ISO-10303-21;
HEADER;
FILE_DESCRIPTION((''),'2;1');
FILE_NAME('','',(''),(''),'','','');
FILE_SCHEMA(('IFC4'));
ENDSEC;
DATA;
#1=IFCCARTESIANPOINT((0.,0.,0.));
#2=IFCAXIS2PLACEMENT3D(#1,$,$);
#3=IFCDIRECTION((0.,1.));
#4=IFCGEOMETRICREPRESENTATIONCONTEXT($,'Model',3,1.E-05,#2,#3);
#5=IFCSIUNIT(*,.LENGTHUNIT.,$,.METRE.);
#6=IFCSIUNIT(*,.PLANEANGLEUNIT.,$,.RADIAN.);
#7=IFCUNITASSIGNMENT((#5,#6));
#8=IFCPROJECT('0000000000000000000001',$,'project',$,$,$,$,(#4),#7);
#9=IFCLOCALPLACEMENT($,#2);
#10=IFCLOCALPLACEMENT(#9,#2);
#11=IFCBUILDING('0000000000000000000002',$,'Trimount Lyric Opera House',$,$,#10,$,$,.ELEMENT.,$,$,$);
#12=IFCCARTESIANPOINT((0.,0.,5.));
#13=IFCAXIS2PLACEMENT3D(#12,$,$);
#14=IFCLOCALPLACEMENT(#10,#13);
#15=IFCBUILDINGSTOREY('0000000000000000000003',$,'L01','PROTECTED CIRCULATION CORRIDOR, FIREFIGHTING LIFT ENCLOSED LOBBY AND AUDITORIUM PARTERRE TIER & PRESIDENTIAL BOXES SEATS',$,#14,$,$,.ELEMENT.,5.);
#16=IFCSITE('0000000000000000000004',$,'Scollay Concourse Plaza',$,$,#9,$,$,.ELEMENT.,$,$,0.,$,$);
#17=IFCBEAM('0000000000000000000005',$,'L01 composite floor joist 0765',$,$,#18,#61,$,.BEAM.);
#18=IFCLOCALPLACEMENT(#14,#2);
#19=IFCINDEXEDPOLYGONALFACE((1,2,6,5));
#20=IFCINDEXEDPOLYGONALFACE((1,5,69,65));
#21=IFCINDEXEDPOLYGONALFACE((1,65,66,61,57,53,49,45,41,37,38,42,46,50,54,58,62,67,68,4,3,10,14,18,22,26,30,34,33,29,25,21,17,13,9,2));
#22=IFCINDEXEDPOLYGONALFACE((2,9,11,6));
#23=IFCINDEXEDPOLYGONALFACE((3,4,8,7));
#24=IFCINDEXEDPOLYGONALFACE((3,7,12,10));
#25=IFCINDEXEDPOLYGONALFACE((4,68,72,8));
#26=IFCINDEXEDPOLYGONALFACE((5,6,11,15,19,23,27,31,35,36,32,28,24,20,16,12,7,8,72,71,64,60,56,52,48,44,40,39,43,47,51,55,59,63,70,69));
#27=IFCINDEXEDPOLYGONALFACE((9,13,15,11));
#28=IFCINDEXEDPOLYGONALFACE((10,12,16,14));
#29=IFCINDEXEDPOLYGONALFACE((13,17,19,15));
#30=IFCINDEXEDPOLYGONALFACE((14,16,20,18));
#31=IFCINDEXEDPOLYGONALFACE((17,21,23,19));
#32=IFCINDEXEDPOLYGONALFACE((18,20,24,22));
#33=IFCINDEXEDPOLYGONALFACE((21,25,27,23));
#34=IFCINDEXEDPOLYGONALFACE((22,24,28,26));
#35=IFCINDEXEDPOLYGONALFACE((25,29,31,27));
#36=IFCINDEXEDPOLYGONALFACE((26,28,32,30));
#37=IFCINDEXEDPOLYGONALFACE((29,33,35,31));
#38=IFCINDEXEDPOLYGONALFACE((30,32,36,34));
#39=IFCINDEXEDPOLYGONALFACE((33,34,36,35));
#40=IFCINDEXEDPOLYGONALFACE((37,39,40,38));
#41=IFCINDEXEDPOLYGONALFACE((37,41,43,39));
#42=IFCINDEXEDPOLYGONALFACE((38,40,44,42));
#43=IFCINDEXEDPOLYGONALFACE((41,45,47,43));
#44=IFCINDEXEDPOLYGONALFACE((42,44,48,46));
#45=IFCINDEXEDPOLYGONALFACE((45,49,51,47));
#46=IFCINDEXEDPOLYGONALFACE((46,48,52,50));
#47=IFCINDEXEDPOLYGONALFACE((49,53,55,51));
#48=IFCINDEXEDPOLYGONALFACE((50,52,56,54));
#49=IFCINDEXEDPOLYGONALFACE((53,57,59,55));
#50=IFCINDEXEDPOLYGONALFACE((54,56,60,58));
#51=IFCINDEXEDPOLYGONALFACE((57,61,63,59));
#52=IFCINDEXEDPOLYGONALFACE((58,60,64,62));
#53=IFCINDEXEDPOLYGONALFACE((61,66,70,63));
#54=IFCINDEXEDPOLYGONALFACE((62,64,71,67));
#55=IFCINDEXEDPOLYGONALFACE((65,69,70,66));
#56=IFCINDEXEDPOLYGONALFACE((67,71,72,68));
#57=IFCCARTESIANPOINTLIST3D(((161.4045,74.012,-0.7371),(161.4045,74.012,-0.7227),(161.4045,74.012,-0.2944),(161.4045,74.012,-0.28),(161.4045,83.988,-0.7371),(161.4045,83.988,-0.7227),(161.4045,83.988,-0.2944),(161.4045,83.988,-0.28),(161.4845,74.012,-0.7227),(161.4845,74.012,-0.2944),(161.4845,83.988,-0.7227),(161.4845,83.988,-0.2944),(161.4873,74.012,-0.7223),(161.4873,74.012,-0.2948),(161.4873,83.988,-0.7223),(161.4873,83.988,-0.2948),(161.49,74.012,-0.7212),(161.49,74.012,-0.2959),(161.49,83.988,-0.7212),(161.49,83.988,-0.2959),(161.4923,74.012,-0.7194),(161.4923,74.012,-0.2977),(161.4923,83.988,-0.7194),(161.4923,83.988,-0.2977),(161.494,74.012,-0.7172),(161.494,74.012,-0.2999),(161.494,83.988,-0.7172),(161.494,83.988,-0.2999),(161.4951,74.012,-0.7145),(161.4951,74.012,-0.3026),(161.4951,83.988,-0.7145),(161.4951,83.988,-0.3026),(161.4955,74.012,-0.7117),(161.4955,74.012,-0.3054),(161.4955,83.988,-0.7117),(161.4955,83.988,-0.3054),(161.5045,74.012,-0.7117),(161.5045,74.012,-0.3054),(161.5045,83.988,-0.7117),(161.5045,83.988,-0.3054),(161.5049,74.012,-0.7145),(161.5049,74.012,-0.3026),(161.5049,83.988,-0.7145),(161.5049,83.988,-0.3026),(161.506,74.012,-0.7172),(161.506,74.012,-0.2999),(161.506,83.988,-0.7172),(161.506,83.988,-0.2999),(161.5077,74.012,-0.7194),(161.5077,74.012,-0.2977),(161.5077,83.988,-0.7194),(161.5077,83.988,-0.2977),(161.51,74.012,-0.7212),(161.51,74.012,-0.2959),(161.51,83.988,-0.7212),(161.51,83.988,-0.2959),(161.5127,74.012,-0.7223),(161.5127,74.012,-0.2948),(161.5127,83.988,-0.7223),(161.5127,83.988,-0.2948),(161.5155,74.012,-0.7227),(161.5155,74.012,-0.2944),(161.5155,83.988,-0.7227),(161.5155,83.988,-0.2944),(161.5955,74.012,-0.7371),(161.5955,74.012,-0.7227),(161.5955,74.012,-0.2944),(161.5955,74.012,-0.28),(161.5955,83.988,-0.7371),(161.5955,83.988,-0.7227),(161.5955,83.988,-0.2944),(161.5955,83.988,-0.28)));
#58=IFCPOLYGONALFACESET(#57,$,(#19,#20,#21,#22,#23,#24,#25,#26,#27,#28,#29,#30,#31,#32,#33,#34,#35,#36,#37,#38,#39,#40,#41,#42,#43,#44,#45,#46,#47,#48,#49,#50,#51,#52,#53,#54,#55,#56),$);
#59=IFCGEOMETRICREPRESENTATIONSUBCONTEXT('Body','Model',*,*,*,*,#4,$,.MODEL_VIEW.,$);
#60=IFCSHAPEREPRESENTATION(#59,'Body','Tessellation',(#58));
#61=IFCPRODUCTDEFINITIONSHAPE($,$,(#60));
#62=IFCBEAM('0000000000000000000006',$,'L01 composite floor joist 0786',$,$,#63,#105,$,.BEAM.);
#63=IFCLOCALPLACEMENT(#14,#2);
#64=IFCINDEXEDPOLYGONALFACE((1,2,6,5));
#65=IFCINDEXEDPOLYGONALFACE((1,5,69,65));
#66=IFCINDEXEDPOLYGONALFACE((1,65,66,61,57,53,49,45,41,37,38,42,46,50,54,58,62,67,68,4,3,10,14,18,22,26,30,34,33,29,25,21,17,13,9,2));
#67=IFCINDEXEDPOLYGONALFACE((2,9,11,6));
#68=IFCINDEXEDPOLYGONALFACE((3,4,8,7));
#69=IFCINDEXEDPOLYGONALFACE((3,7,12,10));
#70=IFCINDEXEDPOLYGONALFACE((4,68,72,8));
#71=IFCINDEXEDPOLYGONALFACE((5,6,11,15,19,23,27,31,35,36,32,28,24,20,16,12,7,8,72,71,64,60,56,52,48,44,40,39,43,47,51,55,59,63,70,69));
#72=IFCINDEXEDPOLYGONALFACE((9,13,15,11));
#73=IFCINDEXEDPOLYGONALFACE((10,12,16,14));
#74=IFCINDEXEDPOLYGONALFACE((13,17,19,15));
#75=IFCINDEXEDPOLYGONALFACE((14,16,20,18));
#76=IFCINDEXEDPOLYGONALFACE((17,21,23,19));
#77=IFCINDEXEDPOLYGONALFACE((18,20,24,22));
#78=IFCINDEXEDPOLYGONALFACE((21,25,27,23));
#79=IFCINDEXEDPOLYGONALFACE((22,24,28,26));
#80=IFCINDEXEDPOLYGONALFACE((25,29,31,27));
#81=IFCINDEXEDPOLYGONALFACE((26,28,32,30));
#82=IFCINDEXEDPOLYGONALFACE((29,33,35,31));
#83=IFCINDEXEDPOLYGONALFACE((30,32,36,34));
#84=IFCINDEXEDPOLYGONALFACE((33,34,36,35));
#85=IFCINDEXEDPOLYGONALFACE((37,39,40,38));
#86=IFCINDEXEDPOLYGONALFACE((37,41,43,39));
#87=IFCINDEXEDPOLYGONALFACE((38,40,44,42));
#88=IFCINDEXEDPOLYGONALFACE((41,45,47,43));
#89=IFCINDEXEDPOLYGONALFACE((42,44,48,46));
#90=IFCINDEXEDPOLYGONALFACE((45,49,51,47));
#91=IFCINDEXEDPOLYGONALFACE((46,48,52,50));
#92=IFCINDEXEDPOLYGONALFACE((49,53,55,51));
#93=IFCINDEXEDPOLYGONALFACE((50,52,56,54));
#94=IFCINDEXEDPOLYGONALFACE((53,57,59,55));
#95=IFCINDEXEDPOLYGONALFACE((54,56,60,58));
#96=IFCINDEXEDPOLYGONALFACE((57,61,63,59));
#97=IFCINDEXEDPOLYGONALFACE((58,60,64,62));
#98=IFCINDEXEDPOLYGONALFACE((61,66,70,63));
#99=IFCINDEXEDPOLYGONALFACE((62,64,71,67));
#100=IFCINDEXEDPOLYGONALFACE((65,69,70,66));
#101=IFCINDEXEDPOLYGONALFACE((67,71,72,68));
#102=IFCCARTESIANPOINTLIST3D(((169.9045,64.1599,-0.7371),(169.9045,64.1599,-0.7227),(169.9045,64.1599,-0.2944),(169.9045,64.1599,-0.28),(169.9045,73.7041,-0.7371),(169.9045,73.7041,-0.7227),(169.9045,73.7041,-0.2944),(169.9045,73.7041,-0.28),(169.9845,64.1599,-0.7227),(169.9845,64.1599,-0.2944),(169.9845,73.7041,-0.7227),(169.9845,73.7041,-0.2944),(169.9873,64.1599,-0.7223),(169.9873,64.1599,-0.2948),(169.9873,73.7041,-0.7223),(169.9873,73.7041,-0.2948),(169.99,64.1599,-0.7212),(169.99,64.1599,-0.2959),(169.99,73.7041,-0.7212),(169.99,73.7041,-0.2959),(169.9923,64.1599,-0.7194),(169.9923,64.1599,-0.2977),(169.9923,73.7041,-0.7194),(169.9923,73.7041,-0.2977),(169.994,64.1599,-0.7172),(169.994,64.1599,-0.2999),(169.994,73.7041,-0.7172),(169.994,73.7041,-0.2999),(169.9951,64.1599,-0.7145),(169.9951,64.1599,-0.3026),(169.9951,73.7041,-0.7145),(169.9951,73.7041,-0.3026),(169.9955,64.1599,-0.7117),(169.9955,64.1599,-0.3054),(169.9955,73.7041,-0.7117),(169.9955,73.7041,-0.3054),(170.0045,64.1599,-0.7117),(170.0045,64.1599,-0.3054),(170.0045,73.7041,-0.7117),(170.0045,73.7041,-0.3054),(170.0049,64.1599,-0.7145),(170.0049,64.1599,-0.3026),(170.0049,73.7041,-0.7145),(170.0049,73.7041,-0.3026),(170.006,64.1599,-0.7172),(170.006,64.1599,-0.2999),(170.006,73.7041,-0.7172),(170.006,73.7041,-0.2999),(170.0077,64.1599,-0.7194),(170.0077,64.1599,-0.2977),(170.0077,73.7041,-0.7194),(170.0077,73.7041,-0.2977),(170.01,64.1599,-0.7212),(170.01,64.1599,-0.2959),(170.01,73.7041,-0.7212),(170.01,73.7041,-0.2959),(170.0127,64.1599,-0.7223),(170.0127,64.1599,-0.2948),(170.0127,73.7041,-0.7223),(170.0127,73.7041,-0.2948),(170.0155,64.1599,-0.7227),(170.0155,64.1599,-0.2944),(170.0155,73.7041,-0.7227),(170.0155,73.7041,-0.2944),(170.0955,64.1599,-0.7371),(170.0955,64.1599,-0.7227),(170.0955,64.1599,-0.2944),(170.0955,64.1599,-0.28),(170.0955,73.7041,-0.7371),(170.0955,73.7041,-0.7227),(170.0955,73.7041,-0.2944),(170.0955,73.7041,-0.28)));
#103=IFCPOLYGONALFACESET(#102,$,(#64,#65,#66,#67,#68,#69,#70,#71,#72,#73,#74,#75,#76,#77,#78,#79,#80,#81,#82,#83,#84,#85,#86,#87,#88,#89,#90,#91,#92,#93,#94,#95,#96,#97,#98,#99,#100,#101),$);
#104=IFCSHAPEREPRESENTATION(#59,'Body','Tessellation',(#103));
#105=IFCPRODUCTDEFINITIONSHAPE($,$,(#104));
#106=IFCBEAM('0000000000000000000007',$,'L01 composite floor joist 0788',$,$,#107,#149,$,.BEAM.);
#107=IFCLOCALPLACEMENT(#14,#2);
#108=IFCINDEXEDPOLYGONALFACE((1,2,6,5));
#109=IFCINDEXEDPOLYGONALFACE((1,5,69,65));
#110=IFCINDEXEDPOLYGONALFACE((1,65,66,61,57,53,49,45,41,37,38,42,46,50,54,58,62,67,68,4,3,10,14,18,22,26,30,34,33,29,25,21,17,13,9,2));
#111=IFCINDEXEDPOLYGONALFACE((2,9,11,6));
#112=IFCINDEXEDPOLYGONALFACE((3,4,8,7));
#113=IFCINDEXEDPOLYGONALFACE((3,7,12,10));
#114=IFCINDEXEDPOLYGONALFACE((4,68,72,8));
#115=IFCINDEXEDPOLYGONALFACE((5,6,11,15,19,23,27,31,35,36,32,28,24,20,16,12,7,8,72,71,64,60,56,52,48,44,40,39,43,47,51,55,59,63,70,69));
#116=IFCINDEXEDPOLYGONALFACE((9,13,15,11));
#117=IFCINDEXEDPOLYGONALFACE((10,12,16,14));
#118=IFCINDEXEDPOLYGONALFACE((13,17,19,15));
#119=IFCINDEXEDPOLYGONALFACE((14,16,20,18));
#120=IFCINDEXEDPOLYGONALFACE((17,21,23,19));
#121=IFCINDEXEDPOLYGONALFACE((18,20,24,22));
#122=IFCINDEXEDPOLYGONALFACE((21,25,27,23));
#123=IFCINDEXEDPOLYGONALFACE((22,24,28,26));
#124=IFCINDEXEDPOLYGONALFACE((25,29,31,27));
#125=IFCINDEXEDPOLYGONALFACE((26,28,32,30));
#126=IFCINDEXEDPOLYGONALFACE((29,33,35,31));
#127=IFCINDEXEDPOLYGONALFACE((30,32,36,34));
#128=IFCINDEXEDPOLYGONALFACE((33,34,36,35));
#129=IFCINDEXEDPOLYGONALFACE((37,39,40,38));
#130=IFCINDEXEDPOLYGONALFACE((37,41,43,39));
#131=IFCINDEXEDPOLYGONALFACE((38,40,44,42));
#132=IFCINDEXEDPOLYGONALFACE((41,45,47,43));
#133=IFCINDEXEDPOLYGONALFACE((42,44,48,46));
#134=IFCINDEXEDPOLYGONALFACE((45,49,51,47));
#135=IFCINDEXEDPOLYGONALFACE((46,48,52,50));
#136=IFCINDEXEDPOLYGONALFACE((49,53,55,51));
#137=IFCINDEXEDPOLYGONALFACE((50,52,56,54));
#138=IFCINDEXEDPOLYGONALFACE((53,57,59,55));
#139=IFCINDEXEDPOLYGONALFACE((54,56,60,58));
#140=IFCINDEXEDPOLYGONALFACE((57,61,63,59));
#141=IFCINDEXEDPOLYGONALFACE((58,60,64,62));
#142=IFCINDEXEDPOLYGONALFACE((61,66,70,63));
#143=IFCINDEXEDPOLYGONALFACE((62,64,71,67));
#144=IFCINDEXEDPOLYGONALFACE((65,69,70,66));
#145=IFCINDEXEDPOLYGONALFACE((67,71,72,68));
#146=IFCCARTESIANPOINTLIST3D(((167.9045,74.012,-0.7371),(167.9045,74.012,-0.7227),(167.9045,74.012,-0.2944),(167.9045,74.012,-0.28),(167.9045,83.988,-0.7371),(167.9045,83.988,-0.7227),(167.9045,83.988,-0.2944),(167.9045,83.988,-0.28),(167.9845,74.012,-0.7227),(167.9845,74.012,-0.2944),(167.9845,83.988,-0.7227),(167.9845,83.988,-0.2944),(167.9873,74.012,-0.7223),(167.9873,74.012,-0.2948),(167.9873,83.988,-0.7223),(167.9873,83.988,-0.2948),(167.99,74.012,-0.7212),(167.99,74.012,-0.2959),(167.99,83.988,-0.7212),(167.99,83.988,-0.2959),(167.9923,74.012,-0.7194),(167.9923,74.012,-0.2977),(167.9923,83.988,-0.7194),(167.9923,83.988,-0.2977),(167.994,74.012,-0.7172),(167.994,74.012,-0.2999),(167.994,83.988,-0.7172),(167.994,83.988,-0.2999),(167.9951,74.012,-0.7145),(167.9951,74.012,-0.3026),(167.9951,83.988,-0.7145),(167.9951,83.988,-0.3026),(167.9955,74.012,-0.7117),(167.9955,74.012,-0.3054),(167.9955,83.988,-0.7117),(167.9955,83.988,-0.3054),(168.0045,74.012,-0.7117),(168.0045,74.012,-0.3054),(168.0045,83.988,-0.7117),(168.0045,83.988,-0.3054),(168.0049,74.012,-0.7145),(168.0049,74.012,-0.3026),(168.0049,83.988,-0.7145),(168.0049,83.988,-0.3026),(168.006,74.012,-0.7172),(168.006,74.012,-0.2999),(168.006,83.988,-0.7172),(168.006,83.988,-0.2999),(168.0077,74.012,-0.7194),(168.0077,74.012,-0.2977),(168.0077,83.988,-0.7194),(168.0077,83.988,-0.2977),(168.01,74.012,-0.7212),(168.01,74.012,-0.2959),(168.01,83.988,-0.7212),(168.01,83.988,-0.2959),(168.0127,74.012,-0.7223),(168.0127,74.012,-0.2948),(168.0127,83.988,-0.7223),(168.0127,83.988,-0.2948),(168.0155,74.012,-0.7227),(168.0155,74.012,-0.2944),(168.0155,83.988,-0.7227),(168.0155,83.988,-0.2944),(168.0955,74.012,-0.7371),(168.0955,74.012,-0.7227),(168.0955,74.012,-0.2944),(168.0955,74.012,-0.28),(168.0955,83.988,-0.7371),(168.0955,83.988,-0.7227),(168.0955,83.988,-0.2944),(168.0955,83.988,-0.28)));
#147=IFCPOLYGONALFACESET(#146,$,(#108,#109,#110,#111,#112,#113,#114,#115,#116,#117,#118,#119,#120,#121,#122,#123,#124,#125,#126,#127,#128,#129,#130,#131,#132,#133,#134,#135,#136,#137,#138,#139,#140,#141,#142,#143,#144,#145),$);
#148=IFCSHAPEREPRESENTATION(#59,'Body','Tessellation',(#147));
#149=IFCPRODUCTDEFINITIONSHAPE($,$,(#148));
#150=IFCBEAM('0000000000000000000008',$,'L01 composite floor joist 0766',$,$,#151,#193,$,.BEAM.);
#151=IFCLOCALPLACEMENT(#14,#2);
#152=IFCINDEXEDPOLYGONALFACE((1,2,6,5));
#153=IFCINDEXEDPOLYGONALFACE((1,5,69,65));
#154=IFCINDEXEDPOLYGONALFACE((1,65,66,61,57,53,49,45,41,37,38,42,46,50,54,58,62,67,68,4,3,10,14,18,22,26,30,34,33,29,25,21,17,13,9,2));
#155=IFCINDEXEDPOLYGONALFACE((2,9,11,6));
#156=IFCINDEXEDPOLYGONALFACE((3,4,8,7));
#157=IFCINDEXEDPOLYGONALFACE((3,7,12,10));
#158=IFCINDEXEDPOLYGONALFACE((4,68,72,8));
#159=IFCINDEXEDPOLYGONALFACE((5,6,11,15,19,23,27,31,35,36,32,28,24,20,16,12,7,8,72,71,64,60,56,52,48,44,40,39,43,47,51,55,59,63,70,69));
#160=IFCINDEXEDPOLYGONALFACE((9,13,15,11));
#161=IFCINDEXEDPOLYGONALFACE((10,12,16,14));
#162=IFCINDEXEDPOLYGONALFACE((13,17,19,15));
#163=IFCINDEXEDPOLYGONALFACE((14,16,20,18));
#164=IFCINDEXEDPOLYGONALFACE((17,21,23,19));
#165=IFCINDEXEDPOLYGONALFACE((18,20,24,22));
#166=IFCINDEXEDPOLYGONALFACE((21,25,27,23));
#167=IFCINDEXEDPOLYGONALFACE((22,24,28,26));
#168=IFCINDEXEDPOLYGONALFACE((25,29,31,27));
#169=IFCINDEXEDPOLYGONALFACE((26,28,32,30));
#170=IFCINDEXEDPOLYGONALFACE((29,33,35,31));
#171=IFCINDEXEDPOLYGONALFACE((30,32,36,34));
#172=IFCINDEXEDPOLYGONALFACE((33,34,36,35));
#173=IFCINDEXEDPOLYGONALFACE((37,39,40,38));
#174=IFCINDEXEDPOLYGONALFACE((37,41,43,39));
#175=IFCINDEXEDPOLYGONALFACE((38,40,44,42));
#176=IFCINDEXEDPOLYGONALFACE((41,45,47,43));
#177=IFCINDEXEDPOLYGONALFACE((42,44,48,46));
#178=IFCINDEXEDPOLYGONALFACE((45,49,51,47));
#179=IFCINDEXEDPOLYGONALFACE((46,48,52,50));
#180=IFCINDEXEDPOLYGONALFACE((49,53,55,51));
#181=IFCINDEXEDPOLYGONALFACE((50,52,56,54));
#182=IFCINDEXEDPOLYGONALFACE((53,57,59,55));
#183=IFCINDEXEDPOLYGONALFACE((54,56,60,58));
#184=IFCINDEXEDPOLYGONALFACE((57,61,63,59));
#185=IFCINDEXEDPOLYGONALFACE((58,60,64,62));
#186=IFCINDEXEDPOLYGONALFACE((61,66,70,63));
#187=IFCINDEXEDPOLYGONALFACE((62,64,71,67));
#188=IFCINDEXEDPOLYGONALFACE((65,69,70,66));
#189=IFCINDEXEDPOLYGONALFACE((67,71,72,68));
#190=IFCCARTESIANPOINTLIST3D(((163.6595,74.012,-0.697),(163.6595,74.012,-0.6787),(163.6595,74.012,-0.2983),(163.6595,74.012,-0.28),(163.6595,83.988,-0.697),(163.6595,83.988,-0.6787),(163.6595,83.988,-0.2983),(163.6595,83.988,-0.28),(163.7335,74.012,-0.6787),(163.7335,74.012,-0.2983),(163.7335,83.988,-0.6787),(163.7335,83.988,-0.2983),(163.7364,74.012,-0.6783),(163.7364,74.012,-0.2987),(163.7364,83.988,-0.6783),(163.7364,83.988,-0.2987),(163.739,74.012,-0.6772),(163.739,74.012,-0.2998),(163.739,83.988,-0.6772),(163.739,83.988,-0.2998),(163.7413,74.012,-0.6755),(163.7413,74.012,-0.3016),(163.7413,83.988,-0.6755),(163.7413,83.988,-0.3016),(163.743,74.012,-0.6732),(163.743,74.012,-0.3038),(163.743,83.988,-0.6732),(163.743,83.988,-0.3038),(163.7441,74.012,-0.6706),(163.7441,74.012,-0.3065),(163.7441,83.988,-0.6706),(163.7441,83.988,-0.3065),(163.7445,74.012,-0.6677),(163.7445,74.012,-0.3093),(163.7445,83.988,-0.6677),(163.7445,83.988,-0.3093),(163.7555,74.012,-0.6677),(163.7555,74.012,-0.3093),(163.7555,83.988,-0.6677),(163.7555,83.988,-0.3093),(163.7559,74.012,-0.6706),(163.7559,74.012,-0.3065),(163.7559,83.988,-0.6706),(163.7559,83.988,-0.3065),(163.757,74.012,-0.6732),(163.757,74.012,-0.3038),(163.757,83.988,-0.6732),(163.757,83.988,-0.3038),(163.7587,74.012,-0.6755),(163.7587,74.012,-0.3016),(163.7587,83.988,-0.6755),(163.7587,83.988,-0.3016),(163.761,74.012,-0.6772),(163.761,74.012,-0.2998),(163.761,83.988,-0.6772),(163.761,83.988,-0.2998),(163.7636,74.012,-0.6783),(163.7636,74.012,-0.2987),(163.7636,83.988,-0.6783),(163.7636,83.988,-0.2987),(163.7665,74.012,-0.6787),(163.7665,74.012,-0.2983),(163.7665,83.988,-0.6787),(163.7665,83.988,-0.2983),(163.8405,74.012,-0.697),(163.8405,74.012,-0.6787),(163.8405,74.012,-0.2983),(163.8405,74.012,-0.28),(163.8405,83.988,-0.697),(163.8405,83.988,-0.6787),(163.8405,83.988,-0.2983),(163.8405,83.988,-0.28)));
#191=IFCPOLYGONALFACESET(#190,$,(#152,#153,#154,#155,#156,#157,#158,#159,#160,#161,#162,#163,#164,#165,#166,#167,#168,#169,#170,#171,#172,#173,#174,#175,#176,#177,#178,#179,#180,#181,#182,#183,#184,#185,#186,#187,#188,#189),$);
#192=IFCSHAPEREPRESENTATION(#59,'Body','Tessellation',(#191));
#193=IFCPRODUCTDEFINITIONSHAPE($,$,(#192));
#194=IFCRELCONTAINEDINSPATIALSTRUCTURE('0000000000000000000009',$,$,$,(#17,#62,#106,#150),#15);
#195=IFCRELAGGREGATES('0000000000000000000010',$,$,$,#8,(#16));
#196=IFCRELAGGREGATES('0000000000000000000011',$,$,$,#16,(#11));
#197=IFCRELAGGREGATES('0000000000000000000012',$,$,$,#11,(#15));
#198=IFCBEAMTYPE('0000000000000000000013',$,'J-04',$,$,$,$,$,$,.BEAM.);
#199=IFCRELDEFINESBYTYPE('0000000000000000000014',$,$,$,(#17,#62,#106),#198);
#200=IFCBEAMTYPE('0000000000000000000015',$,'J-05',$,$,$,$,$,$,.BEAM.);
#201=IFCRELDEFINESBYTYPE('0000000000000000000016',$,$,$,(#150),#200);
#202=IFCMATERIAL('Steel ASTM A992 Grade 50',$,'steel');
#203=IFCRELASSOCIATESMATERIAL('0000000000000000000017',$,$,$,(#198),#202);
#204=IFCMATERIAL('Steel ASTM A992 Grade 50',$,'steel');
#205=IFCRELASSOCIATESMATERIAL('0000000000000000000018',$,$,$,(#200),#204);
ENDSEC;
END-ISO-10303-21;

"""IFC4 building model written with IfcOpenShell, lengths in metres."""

from ifc_helpers import new_model, si_unit, direction, frame, origin, origin_2d, place, context, subcontext, project, spatial, i_section, extrude, material, material_profile, profile_set, type_object, element, save


model = new_model("IFC4")

# Units and contexts
model_context = context("Model", 3, precision=1e-05, world=origin(), true_north=direction((0.0, 1.0)))
body_context = subcontext(model_context, "Body", "Model", "MODEL_VIEW")
ifc_project = project(units=[si_unit("LENGTHUNIT", "METRE"), si_unit("PLANEANGLEUNIT", "RADIAN")], contexts=[model_context])

# Site, building, storey
site_placement = place(None, origin())
site = spatial("IfcSite", under=ifc_project, at=site_placement, Name="Scollay Concourse Plaza", CompositionType="ELEMENT", RefElevation=0.0)
building_placement = place(site_placement, origin())
building = spatial("IfcBuilding", under=site, at=building_placement, Name="Trimount Lyric Opera House", CompositionType="ELEMENT")
storey_placement = place(building_placement, frame((0.0, 0.0, 5.0)))
storey = spatial("IfcBuildingStorey", under=building, at=storey_placement, Name="L01", Description="PROTECTED CIRCULATION CORRIDOR, FIREFIGHTING LIFT ENCLOSED LOBBY AND AUDITORIUM PARTERRE TIER & PRESIDENTIAL BOXES SEATS", CompositionType="ELEMENT", Elevation=5.0)

# Beams
ifc_material_1 = material(Name="Steel ASTM A992 Grade 50", Category="steel")
ifc_material_profile_1 = material_profile(ifc_material_1, i_section(OverallWidth=0.1909, OverallDepth=0.457, WebThickness=0.009, FlangeThickness=0.0144, FilletRadius=0.011, at=origin_2d()), Name="W18X50")
ifc_profile_set_1 = profile_set([ifc_material_profile_1], Name="Steel ASTM A992 Grade 50")
beam_type_1 = type_object("IfcBeamType", Name="J-04", PredefinedType="BEAM", material=ifc_profile_set_1)
beam_1_placement = place(storey_placement, frame((161.5, 74.012, -0.5085), z_axis=(0.0, 1.0, 0.0), x_axis=(-1.0, 0.0, 0.0)))
element("IfcBeam", 1, at=beam_1_placement, inside=storey, type_object=beam_type_1, Name="L01 composite floor joist 0765", PredefinedType="BEAM", context=body_context, shape_type="SweptSolid", body=[
    extrude(i_section(OverallWidth=0.1909, OverallDepth=0.457, WebThickness=0.009, FlangeThickness=0.0144, FilletRadius=0.011, at=origin_2d()), origin(), (0.0, 0.0, 1.0), 9.9761),
])
beam_2_placement = place(storey_placement, frame((170.0, 64.1599, -0.5085), z_axis=(0.0, 1.0, 0.0), x_axis=(-1.0, 0.0, 0.0)))
element("IfcBeam", 2, at=beam_2_placement, inside=storey, type_object=beam_type_1, Name="L01 composite floor joist 0786", PredefinedType="BEAM", context=body_context, shape_type="SweptSolid", body=[
    extrude(i_section(OverallWidth=0.1909, OverallDepth=0.457, WebThickness=0.009, FlangeThickness=0.0144, FilletRadius=0.011, at=origin_2d()), origin(), (0.0, 0.0, 1.0), 9.5442),
])
beam_3_placement = place(storey_placement, frame((168.0, 74.012, -0.5085), z_axis=(0.0, 1.0, 0.0), x_axis=(-1.0, 0.0, 0.0)))
element("IfcBeam", 3, at=beam_3_placement, inside=storey, type_object=beam_type_1, Name="L01 composite floor joist 0788", PredefinedType="BEAM", context=body_context, shape_type="SweptSolid", body=[
    extrude(i_section(OverallWidth=0.1909, OverallDepth=0.457, WebThickness=0.009, FlangeThickness=0.0144, FilletRadius=0.011, at=origin_2d()), origin(), (0.0, 0.0, 1.0), 9.9761),
])
ifc_material_2 = material(Name="Steel ASTM A992 Grade 50", Category="steel")
ifc_material_profile_2 = material_profile(ifc_material_2, i_section(OverallWidth=0.1809, OverallDepth=0.417, WebThickness=0.011, FlangeThickness=0.0183, FilletRadius=0.011, at=origin_2d()), Name="W16X57")
ifc_profile_set_2 = profile_set([ifc_material_profile_2], Name="Steel ASTM A992 Grade 50")
beam_type_2 = type_object("IfcBeamType", Name="J-05", PredefinedType="BEAM", material=ifc_profile_set_2)
beam_4_placement = place(storey_placement, frame((163.75, 74.012, -0.4885), z_axis=(0.0, 1.0, 0.0), x_axis=(-1.0, 0.0, 0.0)))
element("IfcBeam", 4, at=beam_4_placement, inside=storey, type_object=beam_type_2, Name="L01 composite floor joist 0766", PredefinedType="BEAM", context=body_context, shape_type="SweptSolid", body=[
    extrude(i_section(OverallWidth=0.1809, OverallDepth=0.417, WebThickness=0.011, FlangeThickness=0.0183, FilletRadius=0.011, at=origin_2d()), origin(), (0.0, 0.0, 1.0), 9.9761),
])

save(model, "model.ifc")
